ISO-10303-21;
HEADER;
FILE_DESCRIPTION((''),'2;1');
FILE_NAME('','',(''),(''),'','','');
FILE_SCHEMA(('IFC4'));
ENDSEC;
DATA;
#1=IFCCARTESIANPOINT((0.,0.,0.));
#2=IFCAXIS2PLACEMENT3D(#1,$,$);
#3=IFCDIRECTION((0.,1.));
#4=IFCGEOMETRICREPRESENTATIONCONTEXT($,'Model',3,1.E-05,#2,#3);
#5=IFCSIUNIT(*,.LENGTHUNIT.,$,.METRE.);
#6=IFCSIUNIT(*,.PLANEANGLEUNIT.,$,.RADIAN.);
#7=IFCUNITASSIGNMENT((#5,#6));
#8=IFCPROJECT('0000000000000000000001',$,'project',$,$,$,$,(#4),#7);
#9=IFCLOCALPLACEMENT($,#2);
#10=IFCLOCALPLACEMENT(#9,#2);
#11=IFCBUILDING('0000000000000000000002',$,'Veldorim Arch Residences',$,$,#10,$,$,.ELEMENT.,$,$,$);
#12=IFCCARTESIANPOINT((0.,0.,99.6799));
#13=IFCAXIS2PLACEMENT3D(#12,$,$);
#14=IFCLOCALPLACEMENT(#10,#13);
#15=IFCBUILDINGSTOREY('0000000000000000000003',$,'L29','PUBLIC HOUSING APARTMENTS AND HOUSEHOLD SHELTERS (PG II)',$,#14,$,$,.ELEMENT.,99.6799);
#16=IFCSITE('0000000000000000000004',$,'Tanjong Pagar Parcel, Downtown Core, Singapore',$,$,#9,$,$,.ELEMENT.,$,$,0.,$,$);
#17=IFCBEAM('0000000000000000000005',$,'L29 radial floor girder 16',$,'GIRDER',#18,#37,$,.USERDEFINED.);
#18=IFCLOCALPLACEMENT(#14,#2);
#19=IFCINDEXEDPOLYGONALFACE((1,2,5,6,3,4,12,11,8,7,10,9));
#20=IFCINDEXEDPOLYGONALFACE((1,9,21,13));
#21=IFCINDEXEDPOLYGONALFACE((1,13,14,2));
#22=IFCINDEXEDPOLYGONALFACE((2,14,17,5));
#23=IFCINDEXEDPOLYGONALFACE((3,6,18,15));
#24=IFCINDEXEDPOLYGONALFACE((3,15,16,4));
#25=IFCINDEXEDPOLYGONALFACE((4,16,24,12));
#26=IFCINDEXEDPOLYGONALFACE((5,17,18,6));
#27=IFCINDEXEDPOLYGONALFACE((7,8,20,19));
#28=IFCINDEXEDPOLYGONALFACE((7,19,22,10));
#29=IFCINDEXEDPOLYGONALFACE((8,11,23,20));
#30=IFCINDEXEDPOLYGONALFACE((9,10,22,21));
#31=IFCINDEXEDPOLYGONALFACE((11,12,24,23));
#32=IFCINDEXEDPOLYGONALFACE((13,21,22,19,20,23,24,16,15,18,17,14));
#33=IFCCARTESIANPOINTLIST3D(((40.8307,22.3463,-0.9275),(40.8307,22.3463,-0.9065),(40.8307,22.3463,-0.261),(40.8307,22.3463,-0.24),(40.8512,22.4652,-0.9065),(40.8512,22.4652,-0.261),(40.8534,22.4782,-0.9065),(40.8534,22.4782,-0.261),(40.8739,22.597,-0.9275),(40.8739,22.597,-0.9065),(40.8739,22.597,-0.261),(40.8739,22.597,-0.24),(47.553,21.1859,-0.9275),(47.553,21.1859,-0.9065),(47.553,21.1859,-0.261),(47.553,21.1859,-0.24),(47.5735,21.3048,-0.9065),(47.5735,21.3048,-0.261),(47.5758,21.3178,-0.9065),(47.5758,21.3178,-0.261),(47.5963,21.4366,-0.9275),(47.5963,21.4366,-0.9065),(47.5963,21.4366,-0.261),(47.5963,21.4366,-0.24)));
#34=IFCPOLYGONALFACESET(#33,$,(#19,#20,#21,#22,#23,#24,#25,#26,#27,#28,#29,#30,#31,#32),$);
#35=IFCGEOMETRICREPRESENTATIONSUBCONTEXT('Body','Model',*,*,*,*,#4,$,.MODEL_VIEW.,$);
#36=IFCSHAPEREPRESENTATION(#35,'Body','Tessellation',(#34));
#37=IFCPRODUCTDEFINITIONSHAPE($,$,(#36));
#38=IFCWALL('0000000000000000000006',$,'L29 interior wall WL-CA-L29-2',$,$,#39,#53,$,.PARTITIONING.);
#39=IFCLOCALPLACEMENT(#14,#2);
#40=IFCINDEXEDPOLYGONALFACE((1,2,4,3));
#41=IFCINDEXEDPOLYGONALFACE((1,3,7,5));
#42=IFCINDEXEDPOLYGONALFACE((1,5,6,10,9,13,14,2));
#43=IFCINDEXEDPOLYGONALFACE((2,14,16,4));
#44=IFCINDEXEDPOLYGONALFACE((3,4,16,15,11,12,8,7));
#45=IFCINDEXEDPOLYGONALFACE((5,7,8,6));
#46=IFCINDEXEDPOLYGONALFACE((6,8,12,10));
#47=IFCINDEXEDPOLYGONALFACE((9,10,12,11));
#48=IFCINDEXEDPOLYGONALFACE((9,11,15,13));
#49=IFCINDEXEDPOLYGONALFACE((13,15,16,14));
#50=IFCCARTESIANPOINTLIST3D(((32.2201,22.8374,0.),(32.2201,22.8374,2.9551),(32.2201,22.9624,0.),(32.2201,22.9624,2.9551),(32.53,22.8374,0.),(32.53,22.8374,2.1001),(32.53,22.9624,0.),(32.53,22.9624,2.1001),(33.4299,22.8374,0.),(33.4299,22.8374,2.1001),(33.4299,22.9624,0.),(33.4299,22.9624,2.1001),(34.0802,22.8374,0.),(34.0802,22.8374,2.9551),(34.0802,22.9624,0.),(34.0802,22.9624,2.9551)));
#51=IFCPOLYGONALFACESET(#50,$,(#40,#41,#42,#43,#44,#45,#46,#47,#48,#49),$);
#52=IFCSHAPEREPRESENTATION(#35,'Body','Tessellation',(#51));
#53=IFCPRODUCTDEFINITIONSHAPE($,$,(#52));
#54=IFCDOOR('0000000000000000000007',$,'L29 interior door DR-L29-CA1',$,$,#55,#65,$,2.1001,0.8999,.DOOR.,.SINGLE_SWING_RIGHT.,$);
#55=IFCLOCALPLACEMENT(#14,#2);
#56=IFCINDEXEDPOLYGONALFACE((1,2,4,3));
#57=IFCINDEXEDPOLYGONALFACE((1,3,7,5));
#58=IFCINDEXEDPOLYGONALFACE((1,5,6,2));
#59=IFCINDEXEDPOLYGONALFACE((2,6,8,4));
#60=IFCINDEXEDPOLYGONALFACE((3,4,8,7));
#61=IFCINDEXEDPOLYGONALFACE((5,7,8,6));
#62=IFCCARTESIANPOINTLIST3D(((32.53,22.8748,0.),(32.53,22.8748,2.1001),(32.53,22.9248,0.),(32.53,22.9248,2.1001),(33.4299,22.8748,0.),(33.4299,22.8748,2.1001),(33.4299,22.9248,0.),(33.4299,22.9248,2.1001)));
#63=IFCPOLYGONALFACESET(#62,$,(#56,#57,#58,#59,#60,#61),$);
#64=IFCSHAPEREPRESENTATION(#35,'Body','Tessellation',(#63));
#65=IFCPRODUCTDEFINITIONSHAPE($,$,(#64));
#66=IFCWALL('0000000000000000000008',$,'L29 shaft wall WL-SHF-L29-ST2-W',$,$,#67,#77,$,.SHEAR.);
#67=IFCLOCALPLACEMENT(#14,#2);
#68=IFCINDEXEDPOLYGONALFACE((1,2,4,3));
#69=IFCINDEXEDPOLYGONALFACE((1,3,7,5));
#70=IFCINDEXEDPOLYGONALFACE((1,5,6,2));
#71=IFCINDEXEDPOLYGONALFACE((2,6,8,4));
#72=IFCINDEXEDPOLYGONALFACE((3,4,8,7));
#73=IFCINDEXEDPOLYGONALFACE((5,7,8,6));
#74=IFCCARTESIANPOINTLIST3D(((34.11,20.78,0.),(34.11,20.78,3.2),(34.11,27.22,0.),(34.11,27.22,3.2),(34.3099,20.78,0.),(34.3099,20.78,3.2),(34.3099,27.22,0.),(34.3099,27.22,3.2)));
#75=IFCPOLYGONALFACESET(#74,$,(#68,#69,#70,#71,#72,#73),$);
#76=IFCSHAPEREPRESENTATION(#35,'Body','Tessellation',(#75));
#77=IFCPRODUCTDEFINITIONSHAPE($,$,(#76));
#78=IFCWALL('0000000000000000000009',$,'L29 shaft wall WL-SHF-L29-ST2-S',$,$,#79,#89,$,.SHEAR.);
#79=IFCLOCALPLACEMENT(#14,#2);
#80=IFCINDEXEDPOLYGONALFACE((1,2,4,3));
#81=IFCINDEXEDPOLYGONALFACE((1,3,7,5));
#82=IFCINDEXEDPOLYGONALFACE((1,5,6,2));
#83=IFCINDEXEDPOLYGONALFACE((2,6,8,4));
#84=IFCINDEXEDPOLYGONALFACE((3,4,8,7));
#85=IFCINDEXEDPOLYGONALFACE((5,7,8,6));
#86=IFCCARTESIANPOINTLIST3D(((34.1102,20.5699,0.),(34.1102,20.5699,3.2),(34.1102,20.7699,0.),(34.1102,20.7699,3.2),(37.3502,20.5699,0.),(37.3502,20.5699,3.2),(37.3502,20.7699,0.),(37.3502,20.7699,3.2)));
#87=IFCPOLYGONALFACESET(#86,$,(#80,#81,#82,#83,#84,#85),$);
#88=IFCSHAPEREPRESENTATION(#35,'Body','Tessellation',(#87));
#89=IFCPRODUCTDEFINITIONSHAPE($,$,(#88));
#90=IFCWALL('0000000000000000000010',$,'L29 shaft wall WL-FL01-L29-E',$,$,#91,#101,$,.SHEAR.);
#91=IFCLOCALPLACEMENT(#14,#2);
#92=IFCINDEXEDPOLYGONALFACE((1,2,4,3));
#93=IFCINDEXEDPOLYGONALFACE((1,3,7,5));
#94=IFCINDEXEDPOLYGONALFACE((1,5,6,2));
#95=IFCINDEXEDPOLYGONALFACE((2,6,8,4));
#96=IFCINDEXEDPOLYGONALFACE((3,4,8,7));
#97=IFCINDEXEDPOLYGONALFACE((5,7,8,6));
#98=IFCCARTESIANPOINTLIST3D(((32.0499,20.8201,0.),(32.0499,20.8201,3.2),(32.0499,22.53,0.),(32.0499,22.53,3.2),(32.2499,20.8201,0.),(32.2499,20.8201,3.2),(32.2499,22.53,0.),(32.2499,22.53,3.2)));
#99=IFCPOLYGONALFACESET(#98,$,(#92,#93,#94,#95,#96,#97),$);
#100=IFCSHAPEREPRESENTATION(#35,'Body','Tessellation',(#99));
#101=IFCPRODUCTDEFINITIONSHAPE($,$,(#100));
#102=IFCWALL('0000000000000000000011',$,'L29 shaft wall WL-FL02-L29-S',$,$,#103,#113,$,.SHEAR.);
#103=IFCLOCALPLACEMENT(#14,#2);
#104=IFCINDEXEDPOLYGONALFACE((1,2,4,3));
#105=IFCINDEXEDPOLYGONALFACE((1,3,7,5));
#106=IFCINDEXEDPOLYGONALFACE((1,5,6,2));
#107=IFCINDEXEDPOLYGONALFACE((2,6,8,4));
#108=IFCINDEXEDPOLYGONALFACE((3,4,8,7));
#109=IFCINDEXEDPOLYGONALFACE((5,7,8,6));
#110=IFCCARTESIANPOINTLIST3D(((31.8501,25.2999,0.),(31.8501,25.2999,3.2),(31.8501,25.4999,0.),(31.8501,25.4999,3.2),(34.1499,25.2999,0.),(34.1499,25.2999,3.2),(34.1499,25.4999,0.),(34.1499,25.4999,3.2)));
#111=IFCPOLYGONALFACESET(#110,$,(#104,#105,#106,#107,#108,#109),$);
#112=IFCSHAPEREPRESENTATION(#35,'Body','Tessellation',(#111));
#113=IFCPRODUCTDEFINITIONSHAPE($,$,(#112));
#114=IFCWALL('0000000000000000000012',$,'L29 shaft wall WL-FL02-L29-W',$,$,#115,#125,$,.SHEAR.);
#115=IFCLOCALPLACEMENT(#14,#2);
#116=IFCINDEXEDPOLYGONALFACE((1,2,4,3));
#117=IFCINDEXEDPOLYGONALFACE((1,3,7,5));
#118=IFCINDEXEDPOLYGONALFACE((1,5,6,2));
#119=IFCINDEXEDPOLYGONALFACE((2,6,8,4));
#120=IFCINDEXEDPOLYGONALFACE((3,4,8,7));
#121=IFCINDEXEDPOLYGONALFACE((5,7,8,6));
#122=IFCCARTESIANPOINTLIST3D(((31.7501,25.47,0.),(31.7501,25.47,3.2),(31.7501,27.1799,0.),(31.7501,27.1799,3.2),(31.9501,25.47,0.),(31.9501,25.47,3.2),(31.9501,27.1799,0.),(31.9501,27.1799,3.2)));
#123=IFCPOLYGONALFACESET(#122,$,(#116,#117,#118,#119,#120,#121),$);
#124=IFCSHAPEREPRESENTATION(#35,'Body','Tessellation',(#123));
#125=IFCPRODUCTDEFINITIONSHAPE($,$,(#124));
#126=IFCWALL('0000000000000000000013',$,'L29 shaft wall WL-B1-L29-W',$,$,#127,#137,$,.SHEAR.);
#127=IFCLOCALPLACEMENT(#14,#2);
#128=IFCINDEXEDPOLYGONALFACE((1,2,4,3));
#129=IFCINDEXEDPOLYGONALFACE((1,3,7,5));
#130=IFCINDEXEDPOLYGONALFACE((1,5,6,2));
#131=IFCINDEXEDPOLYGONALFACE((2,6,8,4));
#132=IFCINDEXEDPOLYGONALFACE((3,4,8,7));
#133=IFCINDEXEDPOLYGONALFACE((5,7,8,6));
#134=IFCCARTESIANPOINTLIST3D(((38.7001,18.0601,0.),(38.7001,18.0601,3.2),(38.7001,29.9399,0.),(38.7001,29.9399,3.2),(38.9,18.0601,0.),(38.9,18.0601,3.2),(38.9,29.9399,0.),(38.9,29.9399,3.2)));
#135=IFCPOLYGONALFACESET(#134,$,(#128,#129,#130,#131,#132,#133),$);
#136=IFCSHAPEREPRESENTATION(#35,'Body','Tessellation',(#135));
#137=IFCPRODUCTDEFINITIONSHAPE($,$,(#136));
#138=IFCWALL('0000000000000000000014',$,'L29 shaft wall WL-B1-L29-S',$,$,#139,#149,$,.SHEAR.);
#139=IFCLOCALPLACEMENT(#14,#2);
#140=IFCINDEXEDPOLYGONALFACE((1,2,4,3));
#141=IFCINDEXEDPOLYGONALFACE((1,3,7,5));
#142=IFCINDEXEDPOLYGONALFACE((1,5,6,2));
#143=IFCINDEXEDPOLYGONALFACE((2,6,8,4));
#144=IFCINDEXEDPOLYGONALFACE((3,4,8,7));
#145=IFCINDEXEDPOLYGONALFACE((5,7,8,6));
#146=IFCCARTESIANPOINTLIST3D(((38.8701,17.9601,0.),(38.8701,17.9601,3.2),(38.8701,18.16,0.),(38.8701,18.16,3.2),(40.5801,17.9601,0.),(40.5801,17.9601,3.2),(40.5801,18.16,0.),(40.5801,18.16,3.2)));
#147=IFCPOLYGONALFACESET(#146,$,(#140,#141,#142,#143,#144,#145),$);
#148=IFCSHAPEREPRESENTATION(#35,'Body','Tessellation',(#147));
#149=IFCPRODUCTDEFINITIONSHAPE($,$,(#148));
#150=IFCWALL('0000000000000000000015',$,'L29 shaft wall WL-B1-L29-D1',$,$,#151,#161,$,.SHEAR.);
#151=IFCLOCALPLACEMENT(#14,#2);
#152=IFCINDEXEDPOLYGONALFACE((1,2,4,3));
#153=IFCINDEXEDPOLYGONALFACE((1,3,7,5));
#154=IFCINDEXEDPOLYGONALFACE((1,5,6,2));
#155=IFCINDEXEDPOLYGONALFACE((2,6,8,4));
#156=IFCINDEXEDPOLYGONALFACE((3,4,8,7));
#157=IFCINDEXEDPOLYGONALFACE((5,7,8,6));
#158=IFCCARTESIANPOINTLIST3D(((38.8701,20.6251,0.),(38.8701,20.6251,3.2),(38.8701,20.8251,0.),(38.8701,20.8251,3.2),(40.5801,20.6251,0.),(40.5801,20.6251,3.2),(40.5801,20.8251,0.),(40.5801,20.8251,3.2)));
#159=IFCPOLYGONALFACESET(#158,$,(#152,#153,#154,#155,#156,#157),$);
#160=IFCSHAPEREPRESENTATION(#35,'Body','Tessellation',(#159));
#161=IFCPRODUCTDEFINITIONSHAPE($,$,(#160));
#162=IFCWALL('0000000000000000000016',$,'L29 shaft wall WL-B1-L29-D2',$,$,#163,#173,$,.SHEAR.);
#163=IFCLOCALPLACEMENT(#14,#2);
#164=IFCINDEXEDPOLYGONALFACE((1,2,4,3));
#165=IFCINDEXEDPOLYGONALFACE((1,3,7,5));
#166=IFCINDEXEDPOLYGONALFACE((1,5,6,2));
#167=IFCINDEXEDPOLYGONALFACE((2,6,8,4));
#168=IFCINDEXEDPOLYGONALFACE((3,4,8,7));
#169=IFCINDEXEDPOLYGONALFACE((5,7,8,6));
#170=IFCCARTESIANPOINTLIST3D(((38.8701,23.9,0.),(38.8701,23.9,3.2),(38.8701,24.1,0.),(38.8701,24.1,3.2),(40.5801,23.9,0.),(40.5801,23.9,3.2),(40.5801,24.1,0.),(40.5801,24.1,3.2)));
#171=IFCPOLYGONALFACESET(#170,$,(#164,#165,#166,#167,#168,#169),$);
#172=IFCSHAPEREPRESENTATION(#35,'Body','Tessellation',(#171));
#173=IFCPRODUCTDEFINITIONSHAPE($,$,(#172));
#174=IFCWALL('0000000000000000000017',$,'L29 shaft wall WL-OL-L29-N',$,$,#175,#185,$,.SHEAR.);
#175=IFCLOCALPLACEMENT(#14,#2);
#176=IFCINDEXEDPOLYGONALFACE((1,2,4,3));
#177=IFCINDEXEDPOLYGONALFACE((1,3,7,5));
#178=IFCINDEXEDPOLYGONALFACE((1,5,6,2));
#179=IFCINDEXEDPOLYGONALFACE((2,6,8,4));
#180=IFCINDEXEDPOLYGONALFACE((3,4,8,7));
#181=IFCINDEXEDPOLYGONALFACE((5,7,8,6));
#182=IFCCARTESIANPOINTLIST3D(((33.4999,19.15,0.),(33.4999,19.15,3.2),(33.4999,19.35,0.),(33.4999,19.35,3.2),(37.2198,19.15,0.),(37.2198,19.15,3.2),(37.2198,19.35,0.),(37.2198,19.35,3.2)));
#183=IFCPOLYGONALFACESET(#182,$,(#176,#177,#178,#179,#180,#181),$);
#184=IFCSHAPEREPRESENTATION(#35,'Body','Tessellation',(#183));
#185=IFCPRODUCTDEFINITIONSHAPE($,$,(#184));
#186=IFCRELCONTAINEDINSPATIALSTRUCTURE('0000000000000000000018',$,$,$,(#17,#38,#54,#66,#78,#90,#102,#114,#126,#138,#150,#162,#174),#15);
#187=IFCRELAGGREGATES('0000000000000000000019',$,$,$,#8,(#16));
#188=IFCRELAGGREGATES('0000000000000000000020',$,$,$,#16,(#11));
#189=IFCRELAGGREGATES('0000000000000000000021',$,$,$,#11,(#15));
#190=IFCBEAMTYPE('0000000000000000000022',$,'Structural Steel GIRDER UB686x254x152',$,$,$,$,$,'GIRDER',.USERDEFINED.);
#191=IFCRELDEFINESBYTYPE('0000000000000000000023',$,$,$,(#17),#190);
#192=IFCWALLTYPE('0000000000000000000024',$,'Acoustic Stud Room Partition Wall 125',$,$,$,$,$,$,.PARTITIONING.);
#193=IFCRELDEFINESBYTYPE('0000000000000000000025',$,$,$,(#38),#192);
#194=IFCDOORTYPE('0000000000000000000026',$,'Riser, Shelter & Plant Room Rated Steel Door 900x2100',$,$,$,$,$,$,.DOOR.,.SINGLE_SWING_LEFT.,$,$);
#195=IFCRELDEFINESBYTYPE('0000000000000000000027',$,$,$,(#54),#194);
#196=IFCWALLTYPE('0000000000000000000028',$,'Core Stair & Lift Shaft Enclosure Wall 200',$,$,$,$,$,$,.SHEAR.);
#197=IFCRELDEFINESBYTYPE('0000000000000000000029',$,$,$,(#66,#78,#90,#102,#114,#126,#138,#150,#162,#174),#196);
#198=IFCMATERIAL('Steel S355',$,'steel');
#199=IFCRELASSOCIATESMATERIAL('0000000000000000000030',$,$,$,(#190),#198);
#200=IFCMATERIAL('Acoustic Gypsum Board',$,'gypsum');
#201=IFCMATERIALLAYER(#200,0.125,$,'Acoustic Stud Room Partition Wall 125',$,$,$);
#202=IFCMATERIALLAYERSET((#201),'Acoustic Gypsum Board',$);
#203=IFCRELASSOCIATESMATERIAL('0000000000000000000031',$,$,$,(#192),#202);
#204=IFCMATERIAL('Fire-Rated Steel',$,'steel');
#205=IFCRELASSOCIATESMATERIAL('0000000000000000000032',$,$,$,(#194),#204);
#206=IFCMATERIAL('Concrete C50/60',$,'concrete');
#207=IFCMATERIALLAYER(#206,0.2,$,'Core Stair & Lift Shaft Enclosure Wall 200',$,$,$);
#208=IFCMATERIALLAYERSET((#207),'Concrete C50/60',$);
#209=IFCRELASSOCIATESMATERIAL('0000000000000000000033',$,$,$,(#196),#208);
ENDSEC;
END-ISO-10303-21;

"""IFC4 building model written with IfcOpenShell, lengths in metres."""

from ifc_helpers import new_model, si_unit, direction, frame, frame_2d, origin, origin_2d, place, context, subcontext, project, spatial, rectangle, i_section, extrude, material, layer, layer_set, material_profile, profile_set, type_object, element, fill, save


model = new_model("IFC4")

# Units and contexts
model_context = context("Model", 3, precision=1e-05, world=origin(), true_north=direction((0.0, 1.0)))
body_context = subcontext(model_context, "Body", "Model", "MODEL_VIEW")
ifc_project = project(units=[si_unit("LENGTHUNIT", "METRE"), si_unit("PLANEANGLEUNIT", "RADIAN")], contexts=[model_context])

# Site, building, storey
site_placement = place(None, origin())
site = spatial("IfcSite", under=ifc_project, at=site_placement, Name="Tanjong Pagar Parcel, Downtown Core, Singapore", CompositionType="ELEMENT", RefElevation=0.0)
building_placement = place(site_placement, origin())
building = spatial("IfcBuilding", under=site, at=building_placement, Name="Veldorim Arch Residences", CompositionType="ELEMENT")
storey_placement = place(building_placement, frame((0.0, 0.0, 99.6799)))
storey = spatial("IfcBuildingStorey", under=building, at=storey_placement, Name="L29", Description="PUBLIC HOUSING APARTMENTS AND HOUSEHOLD SHELTERS (PG II)", CompositionType="ELEMENT", Elevation=99.6799)

# Beam
ifc_material_1 = material(Name="Steel S355", Category="steel")
ifc_material_profile = material_profile(ifc_material_1, i_section(OverallWidth=0.2544, OverallDepth=0.6875, WebThickness=0.0132, FlangeThickness=0.021, at=origin_2d()), Name="UB686x254x152")
ifc_profile_set = profile_set([ifc_material_profile], Name="Steel S355")
beam_type = type_object("IfcBeamType", Name="Structural Steel GIRDER UB686x254x152", ElementType="GIRDER", PredefinedType="USERDEFINED", material=ifc_profile_set)
beam_placement = place(storey_placement, frame((40.8523, 22.4717, -0.5837), z_axis=(0.985427, -0.170101, 0.0), x_axis=(0.170101, 0.985427, 0.0)))
element("IfcBeam", 1, at=beam_placement, inside=storey, type_object=beam_type, Name="L29 radial floor girder 16", ObjectType="GIRDER", PredefinedType="USERDEFINED", context=body_context, shape_type="SweptSolid", body=[
    extrude(i_section(OverallWidth=0.2544, OverallDepth=0.6875, WebThickness=0.0132, FlangeThickness=0.021, at=origin_2d()), origin(), (0.0, 0.0, 1.0), 6.8218),
])

# Wall, opening, door
ifc_material_2 = material(Name="Acoustic Gypsum Board", Category="gypsum")
ifc_layer_1 = layer(ifc_material_2, 0.125, Name="Acoustic Stud Room Partition Wall 125")
ifc_layer_set_1 = layer_set([ifc_layer_1], Name="Acoustic Gypsum Board")
wall_type_1 = type_object("IfcWallType", Name="Acoustic Stud Room Partition Wall 125", PredefinedType="PARTITIONING", material=ifc_layer_set_1)
wall_1_placement = place(storey_placement, frame((32.22, 22.8999, 0.0), z_axis=(0.0, 0.0, 1.0), x_axis=(1.0, 0.0, 0.0)))
wall_1 = element("IfcWall", 2, at=wall_1_placement, inside=storey, type_object=wall_type_1, Name="L29 interior wall WL-CA-L29-2", PredefinedType="PARTITIONING", context=body_context, shape_type="SweptSolid", body=[
    extrude(rectangle(XDim=1.8601, YDim=0.125, at=frame_2d((0.9302, 0.0))), origin(), (0.0, 0.0, 1.0), 2.9551),
])
opening_placement = place(wall_1_placement, frame((0.3101, 0.0, 0.0)))
opening = element("IfcOpeningElement", 3, at=opening_placement, cuts=wall_1, PredefinedType="OPENING", context=body_context, shape_type="SweptSolid", body=[
    extrude(rectangle(XDim=0.8999, YDim=2.1001, at=frame_2d((0.45, 1.05))), frame((0.0, 0.0725, 0.0), z_axis=(0.0, -1.0, 0.0), x_axis=(1.0, 0.0, 0.0)), (0.0, 0.0, 1.0), 0.145),
])
ifc_material_3 = material(Name="Fire-Rated Steel", Category="steel")
door_type = type_object("IfcDoorType", Name="Riser, Shelter & Plant Room Rated Steel Door 900x2100", OperationType="SINGLE_SWING_LEFT", PredefinedType="DOOR", material=ifc_material_3)
door_placement = place(opening_placement, origin())
door = element("IfcDoor", 4, at=door_placement, inside=storey, type_object=door_type, Name="L29 interior door DR-L29-CA1", OperationType="SINGLE_SWING_RIGHT", OverallHeight=2.1001, OverallWidth=0.8999, PredefinedType="DOOR", context=body_context, shape_type="SweptSolid", body=[
    extrude(rectangle(XDim=0.8999, YDim=2.1001, at=frame_2d((0.45, 1.05))), frame((0.0, 0.0249, 0.0), z_axis=(0.0, -1.0, 0.0), x_axis=(1.0, 0.0, 0.0)), (0.0, 0.0, 1.0), 0.05),
])
fill(opening, door)

# Walls
ifc_material_4 = material(Name="Concrete C50/60", Category="concrete")
ifc_layer_2 = layer(ifc_material_4, 0.2, Name="Core Stair & Lift Shaft Enclosure Wall 200")
ifc_layer_set_2 = layer_set([ifc_layer_2], Name="Concrete C50/60")
wall_type_2 = type_object("IfcWallType", Name="Core Stair & Lift Shaft Enclosure Wall 200", PredefinedType="SHEAR", material=ifc_layer_set_2)
wall_2_placement = place(storey_placement, frame((34.21, 20.78, 0.0), z_axis=(0.0, 0.0, 1.0), x_axis=(0.0, 1.0, 0.0)))
element("IfcWall", 5, at=wall_2_placement, inside=storey, type_object=wall_type_2, Name="L29 shaft wall WL-SHF-L29-ST2-W", PredefinedType="SHEAR", context=body_context, shape_type="SweptSolid", body=[
    extrude(rectangle(XDim=6.4399, YDim=0.2, at=frame_2d((3.22, 0.0))), origin(), (0.0, 0.0, 1.0), 3.2),
])
wall_3_placement = place(storey_placement, frame((34.1101, 20.6699, 0.0), z_axis=(0.0, 0.0, 1.0), x_axis=(1.0, 0.0, 0.0)))
element("IfcWall", 6, at=wall_3_placement, inside=storey, type_object=wall_type_2, Name="L29 shaft wall WL-SHF-L29-ST2-S", PredefinedType="SHEAR", context=body_context, shape_type="SweptSolid", body=[
    extrude(rectangle(XDim=3.24, YDim=0.2, at=frame_2d((1.6201, 0.0))), origin(), (0.0, 0.0, 1.0), 3.2),
])
wall_4_placement = place(storey_placement, frame((32.1499, 20.8201, 0.0), z_axis=(0.0, 0.0, 1.0), x_axis=(0.0, 1.0, 0.0)))
element("IfcWall", 7, at=wall_4_placement, inside=storey, type_object=wall_type_2, Name="L29 shaft wall WL-FL01-L29-E", PredefinedType="SHEAR", context=body_context, shape_type="SweptSolid", body=[
    extrude(rectangle(XDim=1.71, YDim=0.2, at=frame_2d((0.855, 0.0))), origin(), (0.0, 0.0, 1.0), 3.2),
])
wall_5_placement = place(storey_placement, frame((31.8501, 25.3999, 0.0), z_axis=(0.0, 0.0, 1.0), x_axis=(1.0, 0.0, 0.0)))
element("IfcWall", 8, at=wall_5_placement, inside=storey, type_object=wall_type_2, Name="L29 shaft wall WL-FL02-L29-S", PredefinedType="SHEAR", context=body_context, shape_type="SweptSolid", body=[
    extrude(rectangle(XDim=2.2998, YDim=0.2, at=frame_2d((1.1499, 0.0))), origin(), (0.0, 0.0, 1.0), 3.2),
])
wall_6_placement = place(storey_placement, frame((31.8501, 25.47, 0.0), z_axis=(0.0, 0.0, 1.0), x_axis=(0.0, 1.0, 0.0)))
element("IfcWall", 9, at=wall_6_placement, inside=storey, type_object=wall_type_2, Name="L29 shaft wall WL-FL02-L29-W", PredefinedType="SHEAR", context=body_context, shape_type="SweptSolid", body=[
    extrude(rectangle(XDim=1.71, YDim=0.2, at=frame_2d((0.855, 0.0))), origin(), (0.0, 0.0, 1.0), 3.2),
])
wall_7_placement = place(storey_placement, frame((38.8, 18.0601, 0.0), z_axis=(0.0, 0.0, 1.0), x_axis=(0.0, 1.0, 0.0)))
element("IfcWall", 10, at=wall_7_placement, inside=storey, type_object=wall_type_2, Name="L29 shaft wall WL-B1-L29-W", PredefinedType="SHEAR", context=body_context, shape_type="SweptSolid", body=[
    extrude(rectangle(XDim=11.8799, YDim=0.2, at=frame_2d((5.9399, 0.0))), origin(), (0.0, 0.0, 1.0), 3.2),
])
for number, where, z_axis, x_axis, name in (
    (11, (38.8701, 18.0601, 0.0), (0.0, 0.0, 1.0), (1.0, 0.0, 0.0), "L29 shaft wall WL-B1-L29-S"),
    (12, (38.8701, 20.7251, 0.0), (0.0, 0.0, 1.0), (1.0, 0.0, 0.0), "L29 shaft wall WL-B1-L29-D1"),
    (13, (38.8701, 24.0, 0.0), (0.0, 0.0, 1.0), (1.0, 0.0, 0.0), "L29 shaft wall WL-B1-L29-D2"),
):
    element("IfcWall", number, at=place(storey_placement, frame(where, z_axis=z_axis, x_axis=x_axis)), inside=storey, type_object=wall_type_2, Name=name, PredefinedType="SHEAR", context=body_context, shape_type="SweptSolid", body=[
        extrude(rectangle(XDim=1.71, YDim=0.2, at=frame_2d((0.855, 0.0))), origin(), (0.0, 0.0, 1.0), 3.2),
    ])
wall_8_placement = place(storey_placement, frame((33.5, 19.25, 0.0), z_axis=(0.0, 0.0, 1.0), x_axis=(1.0, 0.0, 0.0)))
element("IfcWall", 14, at=wall_8_placement, inside=storey, type_object=wall_type_2, Name="L29 shaft wall WL-OL-L29-N", PredefinedType="SHEAR", context=body_context, shape_type="SweptSolid", body=[
    extrude(rectangle(XDim=3.72, YDim=0.2, at=frame_2d((1.8599, 0.0))), origin(), (0.0, 0.0, 1.0), 3.2),
])

save(model, "model.ifc")
